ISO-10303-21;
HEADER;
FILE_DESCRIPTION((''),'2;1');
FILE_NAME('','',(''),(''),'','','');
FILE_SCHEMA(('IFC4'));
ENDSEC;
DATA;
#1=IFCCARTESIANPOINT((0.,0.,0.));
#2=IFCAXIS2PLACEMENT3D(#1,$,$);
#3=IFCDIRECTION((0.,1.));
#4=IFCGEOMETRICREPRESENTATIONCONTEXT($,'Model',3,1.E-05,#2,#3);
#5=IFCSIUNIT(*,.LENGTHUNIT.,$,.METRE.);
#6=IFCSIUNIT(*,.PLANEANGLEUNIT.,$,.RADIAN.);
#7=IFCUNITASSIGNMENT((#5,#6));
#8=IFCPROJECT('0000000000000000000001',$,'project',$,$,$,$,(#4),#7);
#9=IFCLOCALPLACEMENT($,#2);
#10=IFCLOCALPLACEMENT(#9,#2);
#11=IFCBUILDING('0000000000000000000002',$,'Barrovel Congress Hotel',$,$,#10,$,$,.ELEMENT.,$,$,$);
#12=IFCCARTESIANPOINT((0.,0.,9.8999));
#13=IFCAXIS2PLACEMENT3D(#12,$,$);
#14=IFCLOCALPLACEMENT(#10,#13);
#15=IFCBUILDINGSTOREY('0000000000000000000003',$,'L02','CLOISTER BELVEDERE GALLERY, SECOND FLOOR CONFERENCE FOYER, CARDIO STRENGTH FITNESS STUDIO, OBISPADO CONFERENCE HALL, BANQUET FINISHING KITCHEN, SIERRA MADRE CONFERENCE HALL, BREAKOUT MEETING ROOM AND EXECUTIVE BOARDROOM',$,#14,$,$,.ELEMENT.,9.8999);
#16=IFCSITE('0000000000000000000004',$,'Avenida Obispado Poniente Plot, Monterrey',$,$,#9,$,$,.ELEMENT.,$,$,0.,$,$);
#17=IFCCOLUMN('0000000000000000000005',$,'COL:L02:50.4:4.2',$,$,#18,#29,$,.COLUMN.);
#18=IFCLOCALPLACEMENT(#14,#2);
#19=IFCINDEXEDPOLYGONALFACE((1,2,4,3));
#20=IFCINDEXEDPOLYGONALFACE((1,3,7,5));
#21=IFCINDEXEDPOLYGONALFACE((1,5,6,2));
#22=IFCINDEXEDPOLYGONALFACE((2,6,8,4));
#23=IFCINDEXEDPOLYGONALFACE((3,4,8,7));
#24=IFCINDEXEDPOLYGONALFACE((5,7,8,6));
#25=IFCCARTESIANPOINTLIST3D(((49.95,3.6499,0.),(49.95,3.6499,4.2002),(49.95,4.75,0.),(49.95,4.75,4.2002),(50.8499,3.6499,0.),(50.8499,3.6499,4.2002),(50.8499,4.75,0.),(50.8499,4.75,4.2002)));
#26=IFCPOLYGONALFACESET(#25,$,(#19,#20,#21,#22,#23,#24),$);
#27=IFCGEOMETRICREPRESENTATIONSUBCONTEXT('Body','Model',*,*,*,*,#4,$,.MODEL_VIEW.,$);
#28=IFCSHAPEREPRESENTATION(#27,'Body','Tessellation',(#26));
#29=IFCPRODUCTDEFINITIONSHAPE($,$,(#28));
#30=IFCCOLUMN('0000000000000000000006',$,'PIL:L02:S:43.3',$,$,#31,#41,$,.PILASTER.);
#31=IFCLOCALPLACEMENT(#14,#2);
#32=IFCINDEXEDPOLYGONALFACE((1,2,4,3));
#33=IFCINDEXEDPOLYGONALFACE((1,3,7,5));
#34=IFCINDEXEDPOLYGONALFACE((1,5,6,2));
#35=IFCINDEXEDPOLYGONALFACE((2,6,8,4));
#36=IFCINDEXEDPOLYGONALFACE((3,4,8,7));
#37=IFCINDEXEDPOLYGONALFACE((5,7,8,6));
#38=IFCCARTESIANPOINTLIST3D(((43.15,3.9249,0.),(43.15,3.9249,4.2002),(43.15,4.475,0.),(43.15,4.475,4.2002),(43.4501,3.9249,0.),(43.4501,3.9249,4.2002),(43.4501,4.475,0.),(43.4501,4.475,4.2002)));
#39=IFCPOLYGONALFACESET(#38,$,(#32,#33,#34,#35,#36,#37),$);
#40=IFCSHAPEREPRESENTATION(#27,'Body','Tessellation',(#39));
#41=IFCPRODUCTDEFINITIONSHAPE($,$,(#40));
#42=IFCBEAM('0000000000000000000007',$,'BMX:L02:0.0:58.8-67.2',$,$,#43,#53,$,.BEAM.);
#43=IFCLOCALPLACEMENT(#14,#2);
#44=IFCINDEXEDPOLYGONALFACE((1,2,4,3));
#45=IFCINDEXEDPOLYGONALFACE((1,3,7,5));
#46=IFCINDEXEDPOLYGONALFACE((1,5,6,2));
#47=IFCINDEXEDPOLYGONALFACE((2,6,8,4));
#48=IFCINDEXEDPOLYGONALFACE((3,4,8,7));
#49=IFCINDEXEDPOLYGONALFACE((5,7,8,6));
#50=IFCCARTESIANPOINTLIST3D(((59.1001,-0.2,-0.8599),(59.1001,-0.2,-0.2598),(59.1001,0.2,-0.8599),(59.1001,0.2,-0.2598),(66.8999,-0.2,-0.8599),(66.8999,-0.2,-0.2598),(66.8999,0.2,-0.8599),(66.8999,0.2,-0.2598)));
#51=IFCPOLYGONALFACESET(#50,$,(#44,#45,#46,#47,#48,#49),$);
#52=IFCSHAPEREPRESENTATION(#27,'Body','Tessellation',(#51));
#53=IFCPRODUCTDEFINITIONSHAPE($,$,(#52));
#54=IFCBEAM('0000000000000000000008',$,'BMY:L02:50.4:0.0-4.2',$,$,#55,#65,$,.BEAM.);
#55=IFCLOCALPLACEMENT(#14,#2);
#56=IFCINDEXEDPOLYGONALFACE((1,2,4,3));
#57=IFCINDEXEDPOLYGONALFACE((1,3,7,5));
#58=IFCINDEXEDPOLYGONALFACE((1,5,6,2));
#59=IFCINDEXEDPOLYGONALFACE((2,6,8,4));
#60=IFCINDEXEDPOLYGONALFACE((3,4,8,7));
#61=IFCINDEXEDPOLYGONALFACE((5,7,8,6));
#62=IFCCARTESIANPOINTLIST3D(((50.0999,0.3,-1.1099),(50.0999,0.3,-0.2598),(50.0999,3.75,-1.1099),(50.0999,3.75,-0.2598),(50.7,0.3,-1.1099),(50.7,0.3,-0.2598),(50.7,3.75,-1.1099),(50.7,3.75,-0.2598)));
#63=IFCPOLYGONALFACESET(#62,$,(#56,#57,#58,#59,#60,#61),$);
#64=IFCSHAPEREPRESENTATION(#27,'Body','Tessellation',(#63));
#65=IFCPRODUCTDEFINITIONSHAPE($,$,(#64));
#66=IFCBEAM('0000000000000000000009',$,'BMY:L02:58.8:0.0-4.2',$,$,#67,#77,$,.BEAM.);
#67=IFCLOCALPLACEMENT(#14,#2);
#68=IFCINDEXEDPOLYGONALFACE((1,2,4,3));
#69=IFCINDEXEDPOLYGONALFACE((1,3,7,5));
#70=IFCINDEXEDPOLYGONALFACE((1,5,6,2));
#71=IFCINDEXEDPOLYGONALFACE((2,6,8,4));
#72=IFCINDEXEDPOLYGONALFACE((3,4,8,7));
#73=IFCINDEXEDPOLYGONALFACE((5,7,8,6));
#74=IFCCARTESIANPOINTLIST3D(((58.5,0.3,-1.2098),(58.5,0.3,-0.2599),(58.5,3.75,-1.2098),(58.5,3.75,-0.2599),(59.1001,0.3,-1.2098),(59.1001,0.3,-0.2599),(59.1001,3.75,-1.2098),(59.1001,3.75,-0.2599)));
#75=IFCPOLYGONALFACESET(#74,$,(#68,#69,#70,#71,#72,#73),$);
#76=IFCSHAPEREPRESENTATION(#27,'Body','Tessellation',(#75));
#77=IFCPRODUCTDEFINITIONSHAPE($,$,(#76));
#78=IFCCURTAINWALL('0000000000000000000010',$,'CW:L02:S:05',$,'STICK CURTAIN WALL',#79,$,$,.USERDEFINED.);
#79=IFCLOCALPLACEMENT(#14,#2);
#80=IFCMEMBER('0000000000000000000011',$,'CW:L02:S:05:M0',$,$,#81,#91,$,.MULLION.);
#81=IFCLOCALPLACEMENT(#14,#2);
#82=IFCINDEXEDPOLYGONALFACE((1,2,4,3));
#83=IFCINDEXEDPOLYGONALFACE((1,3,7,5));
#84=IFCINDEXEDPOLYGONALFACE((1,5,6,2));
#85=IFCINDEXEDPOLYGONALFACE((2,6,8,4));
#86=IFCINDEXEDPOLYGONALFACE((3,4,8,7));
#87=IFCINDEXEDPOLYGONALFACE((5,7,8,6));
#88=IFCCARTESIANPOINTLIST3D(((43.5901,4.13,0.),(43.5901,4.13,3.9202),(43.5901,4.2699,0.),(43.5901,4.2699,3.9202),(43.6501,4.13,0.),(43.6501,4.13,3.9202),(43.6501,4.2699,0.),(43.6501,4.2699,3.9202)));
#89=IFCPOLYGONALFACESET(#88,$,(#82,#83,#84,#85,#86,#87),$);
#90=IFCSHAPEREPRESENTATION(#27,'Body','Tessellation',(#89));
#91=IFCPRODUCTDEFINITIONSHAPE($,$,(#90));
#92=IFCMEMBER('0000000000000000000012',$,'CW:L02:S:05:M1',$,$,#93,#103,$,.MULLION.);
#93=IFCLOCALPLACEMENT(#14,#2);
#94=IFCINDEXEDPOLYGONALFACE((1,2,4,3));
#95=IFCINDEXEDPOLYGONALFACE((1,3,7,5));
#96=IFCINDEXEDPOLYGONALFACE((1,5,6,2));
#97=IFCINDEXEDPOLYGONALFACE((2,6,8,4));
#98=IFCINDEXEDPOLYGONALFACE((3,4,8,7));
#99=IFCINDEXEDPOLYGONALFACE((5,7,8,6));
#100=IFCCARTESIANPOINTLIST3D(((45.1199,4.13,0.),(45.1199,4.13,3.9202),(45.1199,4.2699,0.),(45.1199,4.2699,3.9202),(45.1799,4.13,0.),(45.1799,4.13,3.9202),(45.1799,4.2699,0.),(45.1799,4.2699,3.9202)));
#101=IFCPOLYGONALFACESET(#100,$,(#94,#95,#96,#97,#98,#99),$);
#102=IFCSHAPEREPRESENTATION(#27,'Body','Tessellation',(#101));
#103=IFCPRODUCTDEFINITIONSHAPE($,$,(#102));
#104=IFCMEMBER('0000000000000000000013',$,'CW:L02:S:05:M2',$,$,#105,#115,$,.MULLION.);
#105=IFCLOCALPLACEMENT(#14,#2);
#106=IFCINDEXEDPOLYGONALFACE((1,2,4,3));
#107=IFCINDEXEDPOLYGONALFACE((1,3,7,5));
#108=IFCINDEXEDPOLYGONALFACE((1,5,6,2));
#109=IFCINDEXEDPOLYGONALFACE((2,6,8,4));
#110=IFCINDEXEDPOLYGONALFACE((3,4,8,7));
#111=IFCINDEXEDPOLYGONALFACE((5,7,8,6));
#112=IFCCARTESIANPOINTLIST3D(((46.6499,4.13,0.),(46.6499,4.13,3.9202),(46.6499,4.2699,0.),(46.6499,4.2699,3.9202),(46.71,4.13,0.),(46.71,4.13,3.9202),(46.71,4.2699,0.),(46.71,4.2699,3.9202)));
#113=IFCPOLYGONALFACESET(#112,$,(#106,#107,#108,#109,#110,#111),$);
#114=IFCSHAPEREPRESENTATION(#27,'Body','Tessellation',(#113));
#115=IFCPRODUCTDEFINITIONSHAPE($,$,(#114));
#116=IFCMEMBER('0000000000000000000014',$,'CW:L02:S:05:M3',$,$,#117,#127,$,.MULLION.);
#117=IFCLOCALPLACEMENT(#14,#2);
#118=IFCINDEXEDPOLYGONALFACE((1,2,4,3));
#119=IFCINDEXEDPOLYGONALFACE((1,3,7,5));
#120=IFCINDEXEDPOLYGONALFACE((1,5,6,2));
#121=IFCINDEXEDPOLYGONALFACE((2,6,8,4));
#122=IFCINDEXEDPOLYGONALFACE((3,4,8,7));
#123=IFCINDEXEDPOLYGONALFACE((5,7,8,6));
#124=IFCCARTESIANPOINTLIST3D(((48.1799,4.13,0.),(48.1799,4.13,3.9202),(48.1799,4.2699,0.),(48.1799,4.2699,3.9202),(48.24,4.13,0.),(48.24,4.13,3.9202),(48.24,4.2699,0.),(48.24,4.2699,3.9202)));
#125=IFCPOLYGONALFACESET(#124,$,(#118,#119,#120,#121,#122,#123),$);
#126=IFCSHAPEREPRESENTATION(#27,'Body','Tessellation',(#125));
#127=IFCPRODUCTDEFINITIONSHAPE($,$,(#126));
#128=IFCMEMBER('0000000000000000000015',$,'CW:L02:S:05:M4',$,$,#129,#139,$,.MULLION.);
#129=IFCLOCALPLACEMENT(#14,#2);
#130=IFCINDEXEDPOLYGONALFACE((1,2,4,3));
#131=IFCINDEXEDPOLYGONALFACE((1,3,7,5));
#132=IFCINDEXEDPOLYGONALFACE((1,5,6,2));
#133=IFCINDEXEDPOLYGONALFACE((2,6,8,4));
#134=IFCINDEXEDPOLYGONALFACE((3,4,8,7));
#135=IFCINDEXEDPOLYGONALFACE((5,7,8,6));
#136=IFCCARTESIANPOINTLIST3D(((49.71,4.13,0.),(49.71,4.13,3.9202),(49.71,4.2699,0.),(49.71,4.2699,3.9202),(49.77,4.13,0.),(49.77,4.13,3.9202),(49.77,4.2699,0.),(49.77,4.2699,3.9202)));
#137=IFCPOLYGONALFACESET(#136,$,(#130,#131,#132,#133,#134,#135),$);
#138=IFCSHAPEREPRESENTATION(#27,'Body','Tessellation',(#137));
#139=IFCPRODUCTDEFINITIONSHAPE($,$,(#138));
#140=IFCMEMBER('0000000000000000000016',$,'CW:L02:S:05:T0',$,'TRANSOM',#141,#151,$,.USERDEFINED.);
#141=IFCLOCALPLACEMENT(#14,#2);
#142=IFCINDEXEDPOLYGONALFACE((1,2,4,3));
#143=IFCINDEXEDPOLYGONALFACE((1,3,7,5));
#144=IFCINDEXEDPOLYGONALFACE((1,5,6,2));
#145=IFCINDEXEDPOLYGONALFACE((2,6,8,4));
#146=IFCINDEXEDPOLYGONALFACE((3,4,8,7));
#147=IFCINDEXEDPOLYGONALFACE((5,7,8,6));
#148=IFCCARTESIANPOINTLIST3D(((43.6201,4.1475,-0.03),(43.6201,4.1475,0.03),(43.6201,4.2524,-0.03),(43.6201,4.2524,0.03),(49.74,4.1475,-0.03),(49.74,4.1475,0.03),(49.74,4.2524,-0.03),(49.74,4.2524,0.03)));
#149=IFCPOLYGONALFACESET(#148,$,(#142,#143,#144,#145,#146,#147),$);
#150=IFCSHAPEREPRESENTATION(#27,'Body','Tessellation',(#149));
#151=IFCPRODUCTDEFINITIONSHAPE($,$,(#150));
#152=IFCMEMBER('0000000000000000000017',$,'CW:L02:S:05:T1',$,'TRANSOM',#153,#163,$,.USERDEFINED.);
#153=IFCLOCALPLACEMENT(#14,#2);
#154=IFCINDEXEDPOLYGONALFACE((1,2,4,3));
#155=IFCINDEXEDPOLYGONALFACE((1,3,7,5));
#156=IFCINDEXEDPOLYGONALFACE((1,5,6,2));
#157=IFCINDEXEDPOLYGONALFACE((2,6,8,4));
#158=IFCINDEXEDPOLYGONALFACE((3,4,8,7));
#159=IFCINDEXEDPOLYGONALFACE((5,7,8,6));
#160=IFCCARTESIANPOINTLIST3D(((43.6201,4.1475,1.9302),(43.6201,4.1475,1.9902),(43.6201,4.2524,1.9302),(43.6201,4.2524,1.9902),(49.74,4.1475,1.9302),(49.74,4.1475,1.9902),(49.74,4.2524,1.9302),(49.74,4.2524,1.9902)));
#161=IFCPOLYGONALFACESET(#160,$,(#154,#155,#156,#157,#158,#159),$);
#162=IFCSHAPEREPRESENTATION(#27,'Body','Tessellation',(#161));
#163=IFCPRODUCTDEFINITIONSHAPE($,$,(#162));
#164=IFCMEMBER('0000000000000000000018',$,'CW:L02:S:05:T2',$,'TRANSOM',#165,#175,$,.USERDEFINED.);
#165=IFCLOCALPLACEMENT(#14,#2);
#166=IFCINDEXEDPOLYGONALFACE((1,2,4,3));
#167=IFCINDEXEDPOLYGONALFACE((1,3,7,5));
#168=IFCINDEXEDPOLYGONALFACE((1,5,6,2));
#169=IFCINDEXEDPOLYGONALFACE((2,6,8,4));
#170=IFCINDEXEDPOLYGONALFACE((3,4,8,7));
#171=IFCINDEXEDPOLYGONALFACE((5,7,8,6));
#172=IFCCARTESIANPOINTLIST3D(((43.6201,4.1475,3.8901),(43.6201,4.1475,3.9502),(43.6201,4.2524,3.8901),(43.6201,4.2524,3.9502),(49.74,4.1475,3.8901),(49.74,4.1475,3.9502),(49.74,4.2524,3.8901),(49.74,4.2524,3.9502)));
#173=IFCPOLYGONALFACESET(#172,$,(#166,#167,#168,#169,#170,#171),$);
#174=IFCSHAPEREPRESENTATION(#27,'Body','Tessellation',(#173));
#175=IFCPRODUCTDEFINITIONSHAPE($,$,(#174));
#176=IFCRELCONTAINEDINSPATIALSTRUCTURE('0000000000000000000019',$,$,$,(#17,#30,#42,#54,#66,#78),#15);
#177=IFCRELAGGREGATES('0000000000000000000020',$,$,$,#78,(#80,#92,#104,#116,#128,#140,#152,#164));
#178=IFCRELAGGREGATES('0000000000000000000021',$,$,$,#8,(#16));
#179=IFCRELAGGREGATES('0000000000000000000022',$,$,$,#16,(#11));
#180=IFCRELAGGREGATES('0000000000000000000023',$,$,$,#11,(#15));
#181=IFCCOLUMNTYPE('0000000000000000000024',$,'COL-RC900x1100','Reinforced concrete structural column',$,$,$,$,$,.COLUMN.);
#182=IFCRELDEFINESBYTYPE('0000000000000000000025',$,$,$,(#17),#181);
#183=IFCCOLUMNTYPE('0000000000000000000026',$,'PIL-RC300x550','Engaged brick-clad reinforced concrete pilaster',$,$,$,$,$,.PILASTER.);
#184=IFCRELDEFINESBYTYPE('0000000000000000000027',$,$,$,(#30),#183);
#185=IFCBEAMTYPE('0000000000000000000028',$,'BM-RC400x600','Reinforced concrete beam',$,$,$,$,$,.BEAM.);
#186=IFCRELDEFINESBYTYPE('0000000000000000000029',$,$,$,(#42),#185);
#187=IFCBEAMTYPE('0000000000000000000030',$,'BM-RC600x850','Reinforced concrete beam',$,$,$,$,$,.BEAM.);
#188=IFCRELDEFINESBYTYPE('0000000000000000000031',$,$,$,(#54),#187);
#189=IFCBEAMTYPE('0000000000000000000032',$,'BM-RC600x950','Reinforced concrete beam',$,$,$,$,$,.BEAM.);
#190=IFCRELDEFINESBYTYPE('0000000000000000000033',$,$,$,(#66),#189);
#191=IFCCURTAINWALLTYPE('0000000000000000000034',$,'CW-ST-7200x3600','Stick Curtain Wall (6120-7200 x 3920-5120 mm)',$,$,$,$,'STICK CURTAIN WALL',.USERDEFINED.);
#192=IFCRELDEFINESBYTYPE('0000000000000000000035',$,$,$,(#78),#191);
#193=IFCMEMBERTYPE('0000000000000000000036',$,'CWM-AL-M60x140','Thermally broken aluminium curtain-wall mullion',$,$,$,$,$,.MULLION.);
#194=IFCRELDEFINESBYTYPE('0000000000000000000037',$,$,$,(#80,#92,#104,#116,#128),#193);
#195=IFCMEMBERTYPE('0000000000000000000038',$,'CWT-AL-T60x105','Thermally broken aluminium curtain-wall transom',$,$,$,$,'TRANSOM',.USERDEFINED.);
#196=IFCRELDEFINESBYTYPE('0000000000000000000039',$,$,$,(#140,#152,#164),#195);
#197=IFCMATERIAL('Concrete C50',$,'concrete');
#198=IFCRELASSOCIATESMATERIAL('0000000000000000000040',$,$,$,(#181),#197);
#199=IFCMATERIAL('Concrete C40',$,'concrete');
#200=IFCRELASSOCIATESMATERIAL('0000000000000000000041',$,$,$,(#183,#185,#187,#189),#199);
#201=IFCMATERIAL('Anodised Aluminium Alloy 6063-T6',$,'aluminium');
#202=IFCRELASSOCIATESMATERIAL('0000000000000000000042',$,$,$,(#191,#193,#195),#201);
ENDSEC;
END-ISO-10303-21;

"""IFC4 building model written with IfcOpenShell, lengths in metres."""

from ifc_helpers import new_model, si_unit, direction, frame, origin, origin_2d, place, context, subcontext, project, spatial, rectangle, extrude, material, material_profile, profile_set, type_object, element, aggregate, save


model = new_model("IFC4")

# Units and contexts
model_context = context("Model", 3, precision=1e-05, world=origin(), true_north=direction((0.0, 1.0)))
body_context = subcontext(model_context, "Body", "Model", "MODEL_VIEW")
ifc_project = project(units=[si_unit("LENGTHUNIT", "METRE"), si_unit("PLANEANGLEUNIT", "RADIAN")], contexts=[model_context])

# Site, building, storey
site_placement = place(None, origin())
site = spatial("IfcSite", under=ifc_project, at=site_placement, Name="Avenida Obispado Poniente Plot, Monterrey", CompositionType="ELEMENT", RefElevation=0.0)
building_placement = place(site_placement, origin())
building = spatial("IfcBuilding", under=site, at=building_placement, Name="Barrovel Congress Hotel", CompositionType="ELEMENT")
storey_placement = place(building_placement, frame((0.0, 0.0, 9.8999)))
storey = spatial("IfcBuildingStorey", under=building, at=storey_placement, Name="L02", Description="CLOISTER BELVEDERE GALLERY, SECOND FLOOR CONFERENCE FOYER, CARDIO STRENGTH FITNESS STUDIO, OBISPADO CONFERENCE HALL, BANQUET FINISHING KITCHEN, SIERRA MADRE CONFERENCE HALL, BREAKOUT MEETING ROOM AND EXECUTIVE BOARDROOM", CompositionType="ELEMENT", Elevation=9.8999)

# Columns
ifc_material_1 = material(Name="Concrete C50", Category="concrete")
ifc_material_profile_1 = material_profile(ifc_material_1, rectangle(XDim=0.8999, YDim=1.1001, at=origin_2d()), Name="RC900x1100")
ifc_profile_set_1 = profile_set([ifc_material_profile_1], Name="Concrete C50")
column_type_1 = type_object("IfcColumnType", Name="COL-RC900x1100", Description="Reinforced concrete structural column", PredefinedType="COLUMN", material=ifc_profile_set_1)
column_1_placement = place(storey_placement, frame((50.3999, 4.2, 0.0), z_axis=(0.0, 0.0, 1.0), x_axis=(1.0, 0.0, 0.0)))
element("IfcColumn", 1, at=column_1_placement, inside=storey, type_object=column_type_1, Name="COL:L02:50.4:4.2", PredefinedType="COLUMN", context=body_context, shape_type="SweptSolid", body=[
    extrude(rectangle(XDim=0.8999, YDim=1.1001, at=origin_2d()), origin(), (0.0, 0.0, 1.0), 4.2002),
])
ifc_material_2 = material(Name="Concrete C40", Category="concrete")
ifc_material_profile_2 = material_profile(ifc_material_2, rectangle(XDim=0.3, YDim=0.55, at=origin_2d()), Name="RC300x550")
ifc_profile_set_2 = profile_set([ifc_material_profile_2], Name="Concrete C40")
column_type_2 = type_object("IfcColumnType", Name="PIL-RC300x550", Description="Engaged brick-clad reinforced concrete pilaster", PredefinedType="PILASTER", material=ifc_profile_set_2)
column_2_placement = place(storey_placement, frame((43.3, 4.2, 0.0), z_axis=(0.0, 0.0, 1.0), x_axis=(1.0, 0.0, 0.0)))
element("IfcColumn", 2, at=column_2_placement, inside=storey, type_object=column_type_2, Name="PIL:L02:S:43.3", PredefinedType="PILASTER", context=body_context, shape_type="SweptSolid", body=[
    extrude(rectangle(XDim=0.3, YDim=0.55, at=origin_2d()), origin(), (0.0, 0.0, 1.0), 4.2002),
])

# Beams
ifc_material_profile_3 = material_profile(ifc_material_2, rectangle(XDim=0.3999, YDim=0.6001, at=origin_2d()), Name="RC400x600")
ifc_profile_set_3 = profile_set([ifc_material_profile_3], Name="Concrete C40")
beam_type_1 = type_object("IfcBeamType", Name="BM-RC400x600", Description="Reinforced concrete beam", PredefinedType="BEAM", material=ifc_profile_set_3)
beam_1_placement = place(storey_placement, frame((59.1001, 0.0, -0.5598), z_axis=(1.0, 0.0, 0.0), x_axis=(0.0, 1.0, 0.0)))
element("IfcBeam", 3, at=beam_1_placement, inside=storey, type_object=beam_type_1, Name="BMX:L02:0.0:58.8-67.2", PredefinedType="BEAM", context=body_context, shape_type="SweptSolid", body=[
    extrude(rectangle(XDim=0.3999, YDim=0.6001, at=origin_2d()), origin(), (0.0, 0.0, 1.0), 7.7998),
])
ifc_material_profile_4 = material_profile(ifc_material_2, rectangle(XDim=0.6001, YDim=0.8501, at=origin_2d()), Name="RC600x850")
ifc_profile_set_4 = profile_set([ifc_material_profile_4], Name="Concrete C40")
beam_type_2 = type_object("IfcBeamType", Name="BM-RC600x850", Description="Reinforced concrete beam", PredefinedType="BEAM", material=ifc_profile_set_4)
beam_2_placement = place(storey_placement, frame((50.3999, 0.3, -0.6848), z_axis=(0.0, 1.0, 0.0), x_axis=(-1.0, 0.0, 0.0)))
element("IfcBeam", 4, at=beam_2_placement, inside=storey, type_object=beam_type_2, Name="BMY:L02:50.4:0.0-4.2", PredefinedType="BEAM", context=body_context, shape_type="SweptSolid", body=[
    extrude(rectangle(XDim=0.6001, YDim=0.8501, at=origin_2d()), origin(), (0.0, 0.0, 1.0), 3.45),
])
ifc_material_profile_5 = material_profile(ifc_material_2, rectangle(XDim=0.6001, YDim=0.95, at=origin_2d()), Name="RC600x950")
ifc_profile_set_5 = profile_set([ifc_material_profile_5], Name="Concrete C40")
beam_type_3 = type_object("IfcBeamType", Name="BM-RC600x950", Description="Reinforced concrete beam", PredefinedType="BEAM", material=ifc_profile_set_5)
beam_3_placement = place(storey_placement, frame((58.8, 0.3, -0.7349), z_axis=(0.0, 1.0, 0.0), x_axis=(-1.0, 0.0, 0.0)))
element("IfcBeam", 5, at=beam_3_placement, inside=storey, type_object=beam_type_3, Name="BMY:L02:58.8:0.0-4.2", PredefinedType="BEAM", context=body_context, shape_type="SweptSolid", body=[
    extrude(rectangle(XDim=0.6001, YDim=0.95, at=origin_2d()), origin(), (0.0, 0.0, 1.0), 3.45),
])

# Curtain wall, members
ifc_material_3 = material(Name="Anodised Aluminium Alloy 6063-T6", Category="aluminium")
curtain_wall_type = type_object("IfcCurtainWallType", Name="CW-ST-7200x3600", Description="Stick Curtain Wall (6120-7200 x 3920-5120 mm)", ElementType="STICK CURTAIN WALL", PredefinedType="USERDEFINED", material=ifc_material_3)
curtain_wall_placement = place(storey_placement, origin())
curtain_wall = element("IfcCurtainWall", 6, at=curtain_wall_placement, inside=storey, type_object=curtain_wall_type, Name="CW:L02:S:05", ObjectType="STICK CURTAIN WALL", PredefinedType="USERDEFINED")
ifc_material_profile_6 = material_profile(ifc_material_3, rectangle(XDim=0.0601, YDim=0.1399, at=origin_2d()), Name="AL-M60x140")
ifc_profile_set_6 = profile_set([ifc_material_profile_6], Name="Anodised Aluminium Alloy 6063-T6")
member_type_1 = type_object("IfcMemberType", Name="CWM-AL-M60x140", Description="Thermally broken aluminium curtain-wall mullion", PredefinedType="MULLION", material=ifc_profile_set_6)
member_1_placement = place(storey_placement, frame((43.6201, 4.2, 0.0), z_axis=(0.0, 0.0, 1.0), x_axis=(1.0, 0.0, 0.0)))
member_1 = element("IfcMember", 7, at=member_1_placement, type_object=member_type_1, Name="CW:L02:S:05:M0", PredefinedType="MULLION", context=body_context, shape_type="SweptSolid", body=[
    extrude(rectangle(XDim=0.0601, YDim=0.1399, at=origin_2d()), origin(), (0.0, 0.0, 1.0), 3.9202),
])
member_2_placement = place(storey_placement, frame((45.1499, 4.2, 0.0), z_axis=(0.0, 0.0, 1.0), x_axis=(1.0, 0.0, 0.0)))
member_2 = element("IfcMember", 8, at=member_2_placement, type_object=member_type_1, Name="CW:L02:S:05:M1", PredefinedType="MULLION", context=body_context, shape_type="SweptSolid", body=[
    extrude(rectangle(XDim=0.0601, YDim=0.1399, at=origin_2d()), origin(), (0.0, 0.0, 1.0), 3.9202),
])
member_3_placement = place(storey_placement, frame((46.6799, 4.2, 0.0), z_axis=(0.0, 0.0, 1.0), x_axis=(1.0, 0.0, 0.0)))
member_3 = element("IfcMember", 9, at=member_3_placement, type_object=member_type_1, Name="CW:L02:S:05:M2", PredefinedType="MULLION", context=body_context, shape_type="SweptSolid", body=[
    extrude(rectangle(XDim=0.0601, YDim=0.1399, at=origin_2d()), origin(), (0.0, 0.0, 1.0), 3.9202),
])
member_4_placement = place(storey_placement, frame((48.21, 4.2, 0.0), z_axis=(0.0, 0.0, 1.0), x_axis=(1.0, 0.0, 0.0)))
member_4 = element("IfcMember", 10, at=member_4_placement, type_object=member_type_1, Name="CW:L02:S:05:M3", PredefinedType="MULLION", context=body_context, shape_type="SweptSolid", body=[
    extrude(rectangle(XDim=0.0601, YDim=0.1399, at=origin_2d()), origin(), (0.0, 0.0, 1.0), 3.9202),
])
member_5_placement = place(storey_placement, frame((49.74, 4.2, 0.0), z_axis=(0.0, 0.0, 1.0), x_axis=(1.0, 0.0, 0.0)))
member_5 = element("IfcMember", 11, at=member_5_placement, type_object=member_type_1, Name="CW:L02:S:05:M4", PredefinedType="MULLION", context=body_context, shape_type="SweptSolid", body=[
    extrude(rectangle(XDim=0.0601, YDim=0.1399, at=origin_2d()), origin(), (0.0, 0.0, 1.0), 3.9202),
])
ifc_material_profile_7 = material_profile(ifc_material_3, rectangle(XDim=0.105, YDim=0.0601, at=origin_2d()), Name="AL-T60x105")
ifc_profile_set_7 = profile_set([ifc_material_profile_7], Name="Anodised Aluminium Alloy 6063-T6")
member_type_2 = type_object("IfcMemberType", Name="CWT-AL-T60x105", Description="Thermally broken aluminium curtain-wall transom", ElementType="TRANSOM", PredefinedType="USERDEFINED", material=ifc_profile_set_7)
member_6_placement = place(storey_placement, frame((43.6201, 4.2, 0.0), z_axis=(1.0, 0.0, 0.0), x_axis=(0.0, 1.0, 0.0)))
member_6 = element("IfcMember", 12, at=member_6_placement, type_object=member_type_2, Name="CW:L02:S:05:T0", ObjectType="TRANSOM", PredefinedType="USERDEFINED", context=body_context, shape_type="SweptSolid", body=[
    extrude(rectangle(XDim=0.105, YDim=0.0601, at=origin_2d()), origin(), (0.0, 0.0, 1.0), 6.1199),
])
member_7_placement = place(storey_placement, frame((43.6201, 4.2, 1.9602), z_axis=(1.0, 0.0, 0.0), x_axis=(0.0, 1.0, 0.0)))
member_7 = element("IfcMember", 13, at=member_7_placement, type_object=member_type_2, Name="CW:L02:S:05:T1", ObjectType="TRANSOM", PredefinedType="USERDEFINED", context=body_context, shape_type="SweptSolid", body=[
    extrude(rectangle(XDim=0.105, YDim=0.0601, at=origin_2d()), origin(), (0.0, 0.0, 1.0), 6.1199),
])
member_8_placement = place(storey_placement, frame((43.6201, 4.2, 3.9202), z_axis=(1.0, 0.0, 0.0), x_axis=(0.0, 1.0, 0.0)))
member_8 = element("IfcMember", 14, at=member_8_placement, type_object=member_type_2, Name="CW:L02:S:05:T2", ObjectType="TRANSOM", PredefinedType="USERDEFINED", context=body_context, shape_type="SweptSolid", body=[
    extrude(rectangle(XDim=0.105, YDim=0.0601, at=origin_2d()), origin(), (0.0, 0.0, 1.0), 6.1199),
])

aggregate(curtain_wall, [member_1, member_2, member_3, member_4, member_5, member_6, member_7, member_8])

save(model, "model.ifc")
